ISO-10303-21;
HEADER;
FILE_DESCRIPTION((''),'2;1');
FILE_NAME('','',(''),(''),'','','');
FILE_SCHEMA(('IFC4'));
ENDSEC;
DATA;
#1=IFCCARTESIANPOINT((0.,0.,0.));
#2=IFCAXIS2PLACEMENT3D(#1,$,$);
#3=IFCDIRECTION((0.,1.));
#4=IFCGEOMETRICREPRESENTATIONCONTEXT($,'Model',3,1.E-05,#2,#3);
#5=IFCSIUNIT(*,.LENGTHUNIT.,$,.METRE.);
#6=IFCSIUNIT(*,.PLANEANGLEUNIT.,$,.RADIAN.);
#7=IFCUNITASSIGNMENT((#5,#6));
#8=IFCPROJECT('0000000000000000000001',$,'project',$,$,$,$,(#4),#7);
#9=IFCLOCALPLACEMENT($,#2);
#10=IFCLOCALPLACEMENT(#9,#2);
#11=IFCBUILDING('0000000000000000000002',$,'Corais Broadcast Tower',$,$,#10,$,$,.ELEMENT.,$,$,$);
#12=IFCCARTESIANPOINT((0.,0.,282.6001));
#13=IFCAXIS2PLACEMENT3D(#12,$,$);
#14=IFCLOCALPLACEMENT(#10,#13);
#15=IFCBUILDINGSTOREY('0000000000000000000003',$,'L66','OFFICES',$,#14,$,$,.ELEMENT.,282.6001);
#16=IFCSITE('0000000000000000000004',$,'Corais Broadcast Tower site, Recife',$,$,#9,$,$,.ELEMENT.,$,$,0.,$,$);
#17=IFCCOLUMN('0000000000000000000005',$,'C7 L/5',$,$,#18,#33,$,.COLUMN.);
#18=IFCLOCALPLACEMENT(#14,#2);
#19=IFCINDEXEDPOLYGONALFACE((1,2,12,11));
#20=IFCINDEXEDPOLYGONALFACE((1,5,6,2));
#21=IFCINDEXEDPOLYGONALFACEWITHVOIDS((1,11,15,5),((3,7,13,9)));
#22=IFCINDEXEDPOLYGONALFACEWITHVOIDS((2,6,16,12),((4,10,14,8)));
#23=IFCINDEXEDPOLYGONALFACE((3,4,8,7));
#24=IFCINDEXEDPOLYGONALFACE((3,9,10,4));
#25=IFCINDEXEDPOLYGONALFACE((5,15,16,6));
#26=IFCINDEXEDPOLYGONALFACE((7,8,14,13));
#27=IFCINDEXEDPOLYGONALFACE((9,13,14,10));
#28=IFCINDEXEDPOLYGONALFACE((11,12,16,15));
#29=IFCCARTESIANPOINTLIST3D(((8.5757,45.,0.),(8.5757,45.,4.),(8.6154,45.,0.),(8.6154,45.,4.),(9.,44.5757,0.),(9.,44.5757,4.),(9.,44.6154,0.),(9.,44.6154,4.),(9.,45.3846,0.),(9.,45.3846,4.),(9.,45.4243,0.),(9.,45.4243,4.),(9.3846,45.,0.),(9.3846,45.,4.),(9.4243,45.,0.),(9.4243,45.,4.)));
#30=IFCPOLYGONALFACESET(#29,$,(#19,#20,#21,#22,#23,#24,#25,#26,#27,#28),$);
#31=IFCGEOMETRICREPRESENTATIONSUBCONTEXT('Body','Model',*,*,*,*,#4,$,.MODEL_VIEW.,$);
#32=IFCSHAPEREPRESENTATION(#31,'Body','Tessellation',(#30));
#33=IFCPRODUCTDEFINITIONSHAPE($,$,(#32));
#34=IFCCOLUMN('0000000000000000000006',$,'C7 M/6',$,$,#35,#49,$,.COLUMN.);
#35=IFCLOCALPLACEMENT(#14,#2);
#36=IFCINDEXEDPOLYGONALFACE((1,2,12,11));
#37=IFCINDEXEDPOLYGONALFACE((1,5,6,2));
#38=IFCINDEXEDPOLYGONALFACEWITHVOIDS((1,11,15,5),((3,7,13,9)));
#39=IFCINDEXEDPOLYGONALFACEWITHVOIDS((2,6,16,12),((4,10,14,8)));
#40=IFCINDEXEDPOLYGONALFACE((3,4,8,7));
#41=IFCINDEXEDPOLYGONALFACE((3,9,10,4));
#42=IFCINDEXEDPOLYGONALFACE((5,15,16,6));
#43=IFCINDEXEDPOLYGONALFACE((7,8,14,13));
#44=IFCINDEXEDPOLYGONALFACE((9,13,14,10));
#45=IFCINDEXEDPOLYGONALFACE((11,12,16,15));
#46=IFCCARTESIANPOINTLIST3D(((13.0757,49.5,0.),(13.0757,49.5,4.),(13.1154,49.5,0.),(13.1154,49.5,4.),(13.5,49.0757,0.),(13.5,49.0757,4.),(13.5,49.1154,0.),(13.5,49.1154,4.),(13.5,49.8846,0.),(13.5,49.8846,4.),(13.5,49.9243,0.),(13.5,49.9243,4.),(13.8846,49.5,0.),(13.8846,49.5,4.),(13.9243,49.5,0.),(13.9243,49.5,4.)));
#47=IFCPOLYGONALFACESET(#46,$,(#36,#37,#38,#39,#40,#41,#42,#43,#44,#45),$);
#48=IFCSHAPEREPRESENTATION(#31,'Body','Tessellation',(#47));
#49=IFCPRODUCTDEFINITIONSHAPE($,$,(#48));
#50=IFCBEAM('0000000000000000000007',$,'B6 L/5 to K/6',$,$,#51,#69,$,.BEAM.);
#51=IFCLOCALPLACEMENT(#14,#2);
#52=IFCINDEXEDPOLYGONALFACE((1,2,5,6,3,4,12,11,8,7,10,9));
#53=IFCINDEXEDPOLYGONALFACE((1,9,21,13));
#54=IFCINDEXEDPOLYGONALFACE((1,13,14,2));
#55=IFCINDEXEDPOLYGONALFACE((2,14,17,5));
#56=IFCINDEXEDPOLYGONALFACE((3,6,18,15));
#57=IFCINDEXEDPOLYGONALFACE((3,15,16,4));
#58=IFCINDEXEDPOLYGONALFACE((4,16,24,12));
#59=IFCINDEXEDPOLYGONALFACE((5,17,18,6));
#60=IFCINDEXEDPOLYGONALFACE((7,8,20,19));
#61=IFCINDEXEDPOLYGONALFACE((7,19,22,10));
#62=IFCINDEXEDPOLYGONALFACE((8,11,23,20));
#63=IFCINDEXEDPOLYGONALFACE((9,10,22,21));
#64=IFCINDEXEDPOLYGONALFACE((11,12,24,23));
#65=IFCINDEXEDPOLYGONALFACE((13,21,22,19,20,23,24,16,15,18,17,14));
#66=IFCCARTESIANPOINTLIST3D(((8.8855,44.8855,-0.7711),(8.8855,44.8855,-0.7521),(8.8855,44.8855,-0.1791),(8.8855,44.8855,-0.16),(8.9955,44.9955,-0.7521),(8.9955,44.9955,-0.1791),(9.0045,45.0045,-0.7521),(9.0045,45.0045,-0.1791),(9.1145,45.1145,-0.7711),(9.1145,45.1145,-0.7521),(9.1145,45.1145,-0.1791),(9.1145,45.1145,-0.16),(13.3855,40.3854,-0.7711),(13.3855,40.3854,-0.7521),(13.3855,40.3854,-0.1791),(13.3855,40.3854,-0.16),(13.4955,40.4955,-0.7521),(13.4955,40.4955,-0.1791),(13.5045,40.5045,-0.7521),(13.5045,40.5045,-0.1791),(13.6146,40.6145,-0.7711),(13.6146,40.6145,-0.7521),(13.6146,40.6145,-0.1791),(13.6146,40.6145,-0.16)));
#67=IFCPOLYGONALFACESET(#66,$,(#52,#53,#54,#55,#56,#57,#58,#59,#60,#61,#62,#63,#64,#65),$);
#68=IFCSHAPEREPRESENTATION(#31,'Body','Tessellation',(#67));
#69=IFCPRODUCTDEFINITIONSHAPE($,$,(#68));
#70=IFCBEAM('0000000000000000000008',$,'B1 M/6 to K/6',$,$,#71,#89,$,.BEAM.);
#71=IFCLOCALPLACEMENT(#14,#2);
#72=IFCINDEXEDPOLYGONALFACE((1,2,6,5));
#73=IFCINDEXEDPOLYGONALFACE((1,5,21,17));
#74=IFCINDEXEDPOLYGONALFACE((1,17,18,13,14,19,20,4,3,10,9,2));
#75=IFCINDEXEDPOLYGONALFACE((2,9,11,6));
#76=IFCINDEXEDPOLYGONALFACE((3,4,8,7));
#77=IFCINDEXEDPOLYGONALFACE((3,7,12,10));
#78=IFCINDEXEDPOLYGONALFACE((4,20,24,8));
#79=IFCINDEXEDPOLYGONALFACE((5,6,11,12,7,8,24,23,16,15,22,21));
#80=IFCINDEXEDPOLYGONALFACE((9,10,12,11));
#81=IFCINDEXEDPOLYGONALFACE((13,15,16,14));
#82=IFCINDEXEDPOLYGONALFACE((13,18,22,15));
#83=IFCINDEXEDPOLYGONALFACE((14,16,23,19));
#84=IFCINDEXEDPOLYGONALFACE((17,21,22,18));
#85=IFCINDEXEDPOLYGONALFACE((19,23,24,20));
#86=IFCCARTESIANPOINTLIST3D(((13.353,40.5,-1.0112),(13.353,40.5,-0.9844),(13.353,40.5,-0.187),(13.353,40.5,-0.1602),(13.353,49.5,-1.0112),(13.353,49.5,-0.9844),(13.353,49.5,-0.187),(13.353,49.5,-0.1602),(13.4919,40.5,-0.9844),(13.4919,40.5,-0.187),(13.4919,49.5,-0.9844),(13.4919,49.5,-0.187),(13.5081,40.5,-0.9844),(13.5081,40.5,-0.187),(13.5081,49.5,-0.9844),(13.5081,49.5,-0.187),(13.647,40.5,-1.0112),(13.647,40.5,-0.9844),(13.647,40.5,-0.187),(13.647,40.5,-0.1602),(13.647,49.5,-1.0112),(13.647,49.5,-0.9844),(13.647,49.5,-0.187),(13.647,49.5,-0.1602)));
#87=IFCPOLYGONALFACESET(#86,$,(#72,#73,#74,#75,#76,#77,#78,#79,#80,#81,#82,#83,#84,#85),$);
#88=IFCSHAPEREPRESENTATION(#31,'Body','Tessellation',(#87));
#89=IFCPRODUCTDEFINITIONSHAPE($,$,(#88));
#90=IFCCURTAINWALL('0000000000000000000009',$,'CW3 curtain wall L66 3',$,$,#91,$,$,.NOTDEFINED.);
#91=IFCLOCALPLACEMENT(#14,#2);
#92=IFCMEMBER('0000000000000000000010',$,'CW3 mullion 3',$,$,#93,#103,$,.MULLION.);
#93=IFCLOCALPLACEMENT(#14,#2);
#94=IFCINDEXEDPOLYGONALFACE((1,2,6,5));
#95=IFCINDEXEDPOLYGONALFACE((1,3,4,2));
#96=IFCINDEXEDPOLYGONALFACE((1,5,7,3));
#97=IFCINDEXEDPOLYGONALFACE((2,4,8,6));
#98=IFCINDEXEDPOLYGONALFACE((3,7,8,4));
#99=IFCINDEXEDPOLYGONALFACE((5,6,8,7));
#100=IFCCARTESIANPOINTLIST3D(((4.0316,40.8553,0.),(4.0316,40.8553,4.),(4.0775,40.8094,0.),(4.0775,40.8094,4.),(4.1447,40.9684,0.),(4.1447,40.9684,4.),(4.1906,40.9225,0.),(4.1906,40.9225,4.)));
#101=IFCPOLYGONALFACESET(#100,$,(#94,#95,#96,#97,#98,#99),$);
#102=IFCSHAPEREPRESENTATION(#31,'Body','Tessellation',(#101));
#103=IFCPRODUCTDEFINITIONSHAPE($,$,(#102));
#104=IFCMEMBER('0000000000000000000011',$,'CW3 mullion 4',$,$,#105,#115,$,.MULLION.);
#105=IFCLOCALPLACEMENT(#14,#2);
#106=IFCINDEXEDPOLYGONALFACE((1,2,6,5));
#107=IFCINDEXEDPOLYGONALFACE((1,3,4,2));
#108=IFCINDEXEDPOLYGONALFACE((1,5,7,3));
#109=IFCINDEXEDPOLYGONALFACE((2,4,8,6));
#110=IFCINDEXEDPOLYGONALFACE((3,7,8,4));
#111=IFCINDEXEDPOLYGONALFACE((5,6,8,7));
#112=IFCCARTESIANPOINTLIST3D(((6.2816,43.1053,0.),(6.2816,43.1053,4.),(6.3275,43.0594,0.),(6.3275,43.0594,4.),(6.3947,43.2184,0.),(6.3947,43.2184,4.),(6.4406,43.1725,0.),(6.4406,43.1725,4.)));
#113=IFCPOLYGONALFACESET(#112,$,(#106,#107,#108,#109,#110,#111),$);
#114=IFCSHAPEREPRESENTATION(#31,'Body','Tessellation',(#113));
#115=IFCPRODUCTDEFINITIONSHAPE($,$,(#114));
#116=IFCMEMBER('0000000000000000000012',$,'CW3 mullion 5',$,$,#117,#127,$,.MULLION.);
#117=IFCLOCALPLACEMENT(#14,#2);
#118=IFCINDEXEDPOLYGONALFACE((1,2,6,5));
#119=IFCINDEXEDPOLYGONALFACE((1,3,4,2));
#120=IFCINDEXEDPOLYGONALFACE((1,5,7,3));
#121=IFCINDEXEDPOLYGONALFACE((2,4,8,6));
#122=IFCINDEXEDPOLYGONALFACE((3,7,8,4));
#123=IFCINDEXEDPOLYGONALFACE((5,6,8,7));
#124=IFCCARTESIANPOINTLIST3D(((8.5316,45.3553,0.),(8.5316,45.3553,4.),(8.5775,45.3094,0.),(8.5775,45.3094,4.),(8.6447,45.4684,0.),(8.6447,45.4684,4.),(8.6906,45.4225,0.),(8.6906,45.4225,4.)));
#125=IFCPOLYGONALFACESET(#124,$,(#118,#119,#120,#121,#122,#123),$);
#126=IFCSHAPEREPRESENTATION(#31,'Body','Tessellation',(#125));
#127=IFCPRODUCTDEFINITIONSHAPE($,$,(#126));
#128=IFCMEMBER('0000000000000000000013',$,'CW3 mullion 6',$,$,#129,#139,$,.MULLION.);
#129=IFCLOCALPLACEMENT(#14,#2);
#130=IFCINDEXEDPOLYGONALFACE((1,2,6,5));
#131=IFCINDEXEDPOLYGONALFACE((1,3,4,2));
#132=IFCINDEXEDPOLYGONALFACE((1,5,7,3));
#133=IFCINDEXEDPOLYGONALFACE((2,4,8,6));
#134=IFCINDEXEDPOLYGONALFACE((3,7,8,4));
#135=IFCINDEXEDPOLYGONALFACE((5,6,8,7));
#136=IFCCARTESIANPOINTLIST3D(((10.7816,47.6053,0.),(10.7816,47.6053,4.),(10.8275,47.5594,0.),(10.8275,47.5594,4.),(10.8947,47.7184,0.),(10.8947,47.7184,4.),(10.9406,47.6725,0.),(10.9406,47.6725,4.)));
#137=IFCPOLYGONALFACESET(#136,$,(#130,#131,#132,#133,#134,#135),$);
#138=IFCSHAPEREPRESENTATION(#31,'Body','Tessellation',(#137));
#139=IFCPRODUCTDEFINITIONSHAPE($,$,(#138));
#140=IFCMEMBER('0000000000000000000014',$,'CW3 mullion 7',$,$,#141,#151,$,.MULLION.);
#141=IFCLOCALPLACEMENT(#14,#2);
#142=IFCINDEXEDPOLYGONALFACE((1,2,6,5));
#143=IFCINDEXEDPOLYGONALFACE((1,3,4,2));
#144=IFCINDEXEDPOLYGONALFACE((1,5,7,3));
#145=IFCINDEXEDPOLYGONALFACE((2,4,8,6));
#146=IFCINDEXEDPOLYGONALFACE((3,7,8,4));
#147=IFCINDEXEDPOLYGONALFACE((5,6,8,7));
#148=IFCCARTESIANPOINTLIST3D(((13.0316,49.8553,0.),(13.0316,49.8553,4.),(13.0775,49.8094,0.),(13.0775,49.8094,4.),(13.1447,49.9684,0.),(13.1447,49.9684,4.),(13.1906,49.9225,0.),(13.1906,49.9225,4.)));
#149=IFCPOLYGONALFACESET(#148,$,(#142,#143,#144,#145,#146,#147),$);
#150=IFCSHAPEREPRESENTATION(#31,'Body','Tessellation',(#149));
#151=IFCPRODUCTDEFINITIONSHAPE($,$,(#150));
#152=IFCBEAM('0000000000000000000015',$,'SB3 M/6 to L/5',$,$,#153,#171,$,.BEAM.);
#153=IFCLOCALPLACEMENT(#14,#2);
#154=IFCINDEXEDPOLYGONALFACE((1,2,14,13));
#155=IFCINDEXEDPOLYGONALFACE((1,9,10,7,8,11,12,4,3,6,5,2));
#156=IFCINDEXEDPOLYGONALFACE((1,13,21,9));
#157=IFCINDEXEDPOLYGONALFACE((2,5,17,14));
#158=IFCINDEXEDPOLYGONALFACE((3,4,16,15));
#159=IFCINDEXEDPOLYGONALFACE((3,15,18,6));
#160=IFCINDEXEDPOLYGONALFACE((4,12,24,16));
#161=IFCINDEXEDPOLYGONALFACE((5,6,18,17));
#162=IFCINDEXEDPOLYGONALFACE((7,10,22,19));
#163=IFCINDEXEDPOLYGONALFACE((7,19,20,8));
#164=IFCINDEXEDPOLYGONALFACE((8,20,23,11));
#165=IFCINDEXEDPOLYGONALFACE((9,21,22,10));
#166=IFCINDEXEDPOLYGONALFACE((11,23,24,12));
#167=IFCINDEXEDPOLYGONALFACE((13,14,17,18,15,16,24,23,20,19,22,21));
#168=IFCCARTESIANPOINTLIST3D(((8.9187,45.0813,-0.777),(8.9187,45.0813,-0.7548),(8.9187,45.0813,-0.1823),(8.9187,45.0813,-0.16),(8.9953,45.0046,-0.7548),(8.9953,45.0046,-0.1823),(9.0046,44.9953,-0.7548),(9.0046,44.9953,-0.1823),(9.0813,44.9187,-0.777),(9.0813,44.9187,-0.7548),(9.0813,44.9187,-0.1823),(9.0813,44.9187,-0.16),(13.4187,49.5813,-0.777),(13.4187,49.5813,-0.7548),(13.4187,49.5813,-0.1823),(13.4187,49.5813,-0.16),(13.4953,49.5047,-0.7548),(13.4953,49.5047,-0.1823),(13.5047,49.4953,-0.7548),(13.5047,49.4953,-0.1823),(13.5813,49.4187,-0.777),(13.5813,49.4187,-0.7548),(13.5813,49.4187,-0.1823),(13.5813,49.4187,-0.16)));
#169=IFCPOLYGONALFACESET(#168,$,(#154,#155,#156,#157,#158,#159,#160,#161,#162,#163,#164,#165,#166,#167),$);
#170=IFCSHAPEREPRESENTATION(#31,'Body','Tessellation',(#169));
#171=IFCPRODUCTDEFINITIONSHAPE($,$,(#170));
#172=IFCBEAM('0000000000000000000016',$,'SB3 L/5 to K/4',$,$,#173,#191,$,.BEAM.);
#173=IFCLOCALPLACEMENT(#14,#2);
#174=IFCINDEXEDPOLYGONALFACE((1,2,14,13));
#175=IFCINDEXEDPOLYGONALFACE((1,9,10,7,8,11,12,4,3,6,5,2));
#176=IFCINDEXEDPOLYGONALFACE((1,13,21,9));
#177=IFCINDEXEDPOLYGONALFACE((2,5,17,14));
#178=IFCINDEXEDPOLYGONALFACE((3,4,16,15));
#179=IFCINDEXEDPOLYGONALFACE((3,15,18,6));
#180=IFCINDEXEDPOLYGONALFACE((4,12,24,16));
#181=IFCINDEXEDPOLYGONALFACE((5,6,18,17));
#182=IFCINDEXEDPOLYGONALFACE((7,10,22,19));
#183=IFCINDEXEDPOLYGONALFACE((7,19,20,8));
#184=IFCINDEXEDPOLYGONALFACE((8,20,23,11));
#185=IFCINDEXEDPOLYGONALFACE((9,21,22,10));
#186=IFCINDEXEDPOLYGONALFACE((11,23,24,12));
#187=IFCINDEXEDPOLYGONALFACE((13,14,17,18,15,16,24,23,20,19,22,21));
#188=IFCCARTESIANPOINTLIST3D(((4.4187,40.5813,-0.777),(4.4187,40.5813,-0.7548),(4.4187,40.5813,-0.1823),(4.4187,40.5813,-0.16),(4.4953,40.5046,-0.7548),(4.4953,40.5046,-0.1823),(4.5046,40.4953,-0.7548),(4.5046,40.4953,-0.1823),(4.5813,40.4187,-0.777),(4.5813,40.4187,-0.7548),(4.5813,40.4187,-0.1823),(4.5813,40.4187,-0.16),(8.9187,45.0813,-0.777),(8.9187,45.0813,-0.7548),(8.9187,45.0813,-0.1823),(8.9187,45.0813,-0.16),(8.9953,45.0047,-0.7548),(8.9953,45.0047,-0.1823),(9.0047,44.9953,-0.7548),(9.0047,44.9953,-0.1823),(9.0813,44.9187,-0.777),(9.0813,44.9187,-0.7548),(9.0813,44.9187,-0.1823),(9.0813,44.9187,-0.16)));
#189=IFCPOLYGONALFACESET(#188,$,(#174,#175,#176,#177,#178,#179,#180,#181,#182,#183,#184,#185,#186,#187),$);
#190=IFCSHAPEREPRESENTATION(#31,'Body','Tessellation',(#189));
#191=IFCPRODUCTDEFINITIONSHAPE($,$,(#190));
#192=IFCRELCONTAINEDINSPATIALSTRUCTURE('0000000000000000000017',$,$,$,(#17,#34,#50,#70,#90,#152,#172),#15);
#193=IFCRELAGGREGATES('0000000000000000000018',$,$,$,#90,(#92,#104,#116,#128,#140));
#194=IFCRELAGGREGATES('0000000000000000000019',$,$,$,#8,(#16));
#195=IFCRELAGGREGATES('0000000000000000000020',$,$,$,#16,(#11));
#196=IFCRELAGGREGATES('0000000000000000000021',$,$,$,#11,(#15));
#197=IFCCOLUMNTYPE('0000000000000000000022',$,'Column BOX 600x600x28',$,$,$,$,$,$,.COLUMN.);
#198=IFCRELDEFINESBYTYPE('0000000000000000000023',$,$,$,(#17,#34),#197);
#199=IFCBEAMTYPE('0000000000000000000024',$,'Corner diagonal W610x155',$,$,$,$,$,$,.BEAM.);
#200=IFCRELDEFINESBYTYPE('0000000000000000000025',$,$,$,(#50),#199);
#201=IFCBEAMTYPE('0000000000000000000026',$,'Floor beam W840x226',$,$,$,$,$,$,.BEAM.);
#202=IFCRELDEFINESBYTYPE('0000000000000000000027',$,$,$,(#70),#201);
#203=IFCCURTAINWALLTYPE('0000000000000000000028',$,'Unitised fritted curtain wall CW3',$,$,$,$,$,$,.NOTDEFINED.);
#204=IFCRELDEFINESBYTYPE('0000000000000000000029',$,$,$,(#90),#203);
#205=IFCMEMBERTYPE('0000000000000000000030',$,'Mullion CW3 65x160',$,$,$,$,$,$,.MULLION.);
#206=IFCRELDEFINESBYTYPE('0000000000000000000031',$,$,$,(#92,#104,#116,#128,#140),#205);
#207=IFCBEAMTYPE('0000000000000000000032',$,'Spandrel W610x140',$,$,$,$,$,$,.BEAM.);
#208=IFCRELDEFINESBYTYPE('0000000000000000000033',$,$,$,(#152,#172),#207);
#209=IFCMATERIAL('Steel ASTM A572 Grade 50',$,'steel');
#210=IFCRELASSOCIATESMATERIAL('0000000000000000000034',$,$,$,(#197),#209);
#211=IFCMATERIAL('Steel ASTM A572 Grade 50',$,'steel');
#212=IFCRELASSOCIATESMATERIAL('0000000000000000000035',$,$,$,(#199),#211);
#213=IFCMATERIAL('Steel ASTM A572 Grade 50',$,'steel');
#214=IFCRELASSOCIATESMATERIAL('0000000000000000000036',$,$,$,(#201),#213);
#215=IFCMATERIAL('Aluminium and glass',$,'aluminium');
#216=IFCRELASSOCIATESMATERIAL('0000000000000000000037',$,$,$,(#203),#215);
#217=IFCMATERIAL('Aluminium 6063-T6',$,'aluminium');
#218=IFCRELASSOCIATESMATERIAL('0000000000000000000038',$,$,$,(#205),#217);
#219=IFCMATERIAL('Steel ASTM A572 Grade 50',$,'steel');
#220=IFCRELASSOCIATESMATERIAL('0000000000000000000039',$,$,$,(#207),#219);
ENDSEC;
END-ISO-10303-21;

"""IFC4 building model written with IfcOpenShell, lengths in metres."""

from ifc_helpers import new_model, si_unit, direction, frame, origin, origin_2d, place, context, subcontext, project, spatial, rectangle, hollow_rectangle, i_section, extrude, material, material_profile, profile_set, type_object, element, aggregate, save


model = new_model("IFC4")

# Units and contexts
model_context = context("Model", 3, precision=1e-05, world=origin(), true_north=direction((0.0, 1.0)))
body_context = subcontext(model_context, "Body", "Model", "MODEL_VIEW")
ifc_project = project(units=[si_unit("LENGTHUNIT", "METRE"), si_unit("PLANEANGLEUNIT", "RADIAN")], contexts=[model_context])

# Site, building, storey
site_placement = place(None, origin())
site = spatial("IfcSite", under=ifc_project, at=site_placement, Name="Corais Broadcast Tower site, Recife", CompositionType="ELEMENT", RefElevation=0.0)
building_placement = place(site_placement, origin())
building = spatial("IfcBuilding", under=site, at=building_placement, Name="Corais Broadcast Tower", CompositionType="ELEMENT")
storey_placement = place(building_placement, frame((0.0, 0.0, 282.6001)))
storey = spatial("IfcBuildingStorey", under=building, at=storey_placement, Name="L66", Description="OFFICES", CompositionType="ELEMENT", Elevation=282.6001)

# Columns
ifc_material_1 = material(Name="Steel ASTM A572 Grade 50", Category="steel")
ifc_material_profile_1 = material_profile(ifc_material_1, hollow_rectangle(XDim=0.6001, YDim=0.6001, WallThickness=0.0281, at=origin_2d()), Name="BOX 600x600x28")
ifc_profile_set_1 = profile_set([ifc_material_profile_1], Name="Steel ASTM A572 Grade 50")
column_type = type_object("IfcColumnType", Name="Column BOX 600x600x28", PredefinedType="COLUMN", material=ifc_profile_set_1)
for number, where, z_axis, x_axis, name in (
    (1, (9.0, 45.0, 0.0), (0.0, 0.0, 1.0), (0.707107, 0.707107, 0.0), "C7 L/5"),
    (2, (13.5, 49.5, 0.0), (0.0, 0.0, 1.0), (0.707107, 0.707107, 0.0), "C7 M/6"),
):
    element("IfcColumn", number, at=place(storey_placement, frame(where, z_axis=z_axis, x_axis=x_axis)), inside=storey, type_object=column_type, Name=name, PredefinedType="COLUMN", context=body_context, shape_type="SweptSolid", body=[
        extrude(hollow_rectangle(XDim=0.6001, YDim=0.6001, WallThickness=0.0281, at=origin_2d()), origin(), (0.0, 0.0, 1.0), 4.0),
    ])

# Beams
ifc_material_2 = material(Name="Steel ASTM A572 Grade 50", Category="steel")
ifc_material_profile_2 = material_profile(ifc_material_2, i_section(OverallWidth=0.324, OverallDepth=0.6111, WebThickness=0.0127, FlangeThickness=0.019, at=origin_2d()), Name="W610x155")
ifc_profile_set_2 = profile_set([ifc_material_profile_2], Name="Steel ASTM A572 Grade 50")
beam_type_1 = type_object("IfcBeamType", Name="Corner diagonal W610x155", PredefinedType="BEAM", material=ifc_profile_set_2)
beam_1_placement = place(storey_placement, frame((9.0, 45.0, -0.4656), z_axis=(0.707107, -0.707107, 0.0), x_axis=(0.707107, 0.707107, 0.0)))
element("IfcBeam", 3, at=beam_1_placement, inside=storey, type_object=beam_type_1, Name="B6 L/5 to K/6", PredefinedType="BEAM", context=body_context, shape_type="SweptSolid", body=[
    extrude(i_section(OverallWidth=0.324, OverallDepth=0.6111, WebThickness=0.0127, FlangeThickness=0.019, at=origin_2d()), origin(), (0.0, 0.0, 1.0), 6.364),
])
ifc_material_3 = material(Name="Steel ASTM A572 Grade 50", Category="steel")
ifc_material_profile_3 = material_profile(ifc_material_3, i_section(OverallWidth=0.2939, OverallDepth=0.8511, WebThickness=0.0161, FlangeThickness=0.0269, at=origin_2d()), Name="W840x226")
ifc_profile_set_3 = profile_set([ifc_material_profile_3], Name="Steel ASTM A572 Grade 50")
beam_type_2 = type_object("IfcBeamType", Name="Floor beam W840x226", PredefinedType="BEAM", material=ifc_profile_set_3)
beam_2_placement = place(storey_placement, frame((13.5, 49.5, -0.5857), z_axis=(0.0, -1.0, 0.0), x_axis=(1.0, 0.0, 0.0)))
element("IfcBeam", 4, at=beam_2_placement, inside=storey, type_object=beam_type_2, Name="B1 M/6 to K/6", PredefinedType="BEAM", context=body_context, shape_type="SweptSolid", body=[
    extrude(i_section(OverallWidth=0.2939, OverallDepth=0.8511, WebThickness=0.0161, FlangeThickness=0.0269, at=origin_2d()), origin(), (0.0, 0.0, 1.0), 9.0),
])

# Curtain wall, members
ifc_material_4 = material(Name="Aluminium and glass", Category="aluminium")
curtain_wall_type = type_object("IfcCurtainWallType", Name="Unitised fritted curtain wall CW3", PredefinedType="NOTDEFINED", material=ifc_material_4)
curtain_wall_placement = place(storey_placement, origin())
curtain_wall = element("IfcCurtainWall", 5, at=curtain_wall_placement, inside=storey, type_object=curtain_wall_type, Name="CW3 curtain wall L66 3", PredefinedType="NOTDEFINED")
ifc_material_5 = material(Name="Aluminium 6063-T6", Category="aluminium")
ifc_material_profile_4 = material_profile(ifc_material_5, rectangle(XDim=0.0649, YDim=0.1599, at=origin_2d()), Name="Mullion CW3 65x160")
ifc_profile_set_4 = profile_set([ifc_material_profile_4], Name="Aluminium 6063-T6")
member_type_1 = type_object("IfcMemberType", Name="Mullion CW3 65x160", PredefinedType="MULLION", material=ifc_profile_set_4)
member_1_placement = place(storey_placement, frame((4.1111, 40.8889, 0.0), z_axis=(0.0, 0.0, 1.0), x_axis=(-0.707107, 0.707107, 0.0)))
member_1 = element("IfcMember", 6, at=member_1_placement, type_object=member_type_1, Name="CW3 mullion 3", PredefinedType="MULLION", context=body_context, shape_type="SweptSolid", body=[
    extrude(rectangle(XDim=0.0649, YDim=0.1599, at=origin_2d()), origin(), (0.0, 0.0, 1.0), 4.0),
])
member_2_placement = place(storey_placement, frame((6.3611, 43.1389, 0.0), z_axis=(0.0, 0.0, 1.0), x_axis=(-0.707107, 0.707107, 0.0)))
member_2 = element("IfcMember", 7, at=member_2_placement, type_object=member_type_1, Name="CW3 mullion 4", PredefinedType="MULLION", context=body_context, shape_type="SweptSolid", body=[
    extrude(rectangle(XDim=0.0649, YDim=0.1599, at=origin_2d()), origin(), (0.0, 0.0, 1.0), 4.0),
])
member_3_placement = place(storey_placement, frame((8.6111, 45.3889, 0.0), z_axis=(0.0, 0.0, 1.0), x_axis=(-0.707107, 0.707107, 0.0)))
member_3 = element("IfcMember", 8, at=member_3_placement, type_object=member_type_1, Name="CW3 mullion 5", PredefinedType="MULLION", context=body_context, shape_type="SweptSolid", body=[
    extrude(rectangle(XDim=0.0649, YDim=0.1599, at=origin_2d()), origin(), (0.0, 0.0, 1.0), 4.0),
])
member_4_placement = place(storey_placement, frame((10.8611, 47.6389, 0.0), z_axis=(0.0, 0.0, 1.0), x_axis=(-0.707107, 0.707107, 0.0)))
member_4 = element("IfcMember", 9, at=member_4_placement, type_object=member_type_1, Name="CW3 mullion 6", PredefinedType="MULLION", context=body_context, shape_type="SweptSolid", body=[
    extrude(rectangle(XDim=0.0649, YDim=0.1599, at=origin_2d()), origin(), (0.0, 0.0, 1.0), 4.0),
])
member_5_placement = place(storey_placement, frame((13.1111, 49.8889, 0.0), z_axis=(0.0, 0.0, 1.0), x_axis=(-0.707107, 0.707107, 0.0)))
member_5 = element("IfcMember", 10, at=member_5_placement, type_object=member_type_1, Name="CW3 mullion 7", PredefinedType="MULLION", context=body_context, shape_type="SweptSolid", body=[
    extrude(rectangle(XDim=0.0649, YDim=0.1599, at=origin_2d()), origin(), (0.0, 0.0, 1.0), 4.0),
])

# Beams
ifc_material_6 = material(Name="Steel ASTM A572 Grade 50", Category="steel")
ifc_material_profile_5 = material_profile(ifc_material_6, i_section(OverallWidth=0.23, OverallDepth=0.6169, WebThickness=0.0132, FlangeThickness=0.0222, at=origin_2d()), Name="W610x140")
ifc_profile_set_5 = profile_set([ifc_material_profile_5], Name="Steel ASTM A572 Grade 50")
beam_type_3 = type_object("IfcBeamType", Name="Spandrel W610x140", PredefinedType="BEAM", material=ifc_profile_set_5)
for number, where, z_axis, x_axis, name in (
    (11, (13.5, 49.5, -0.4685), (-0.707107, -0.707107, 0.0), (0.707107, -0.707107, 0.0), "SB3 M/6 to L/5"),
    (12, (9.0, 45.0, -0.4685), (-0.707107, -0.707107, 0.0), (0.707107, -0.707107, 0.0), "SB3 L/5 to K/4"),
):
    element("IfcBeam", number, at=place(storey_placement, frame(where, z_axis=z_axis, x_axis=x_axis)), inside=storey, type_object=beam_type_3, Name=name, PredefinedType="BEAM", context=body_context, shape_type="SweptSolid", body=[
        extrude(i_section(OverallWidth=0.23, OverallDepth=0.6169, WebThickness=0.0132, FlangeThickness=0.0222, at=origin_2d()), origin(), (0.0, 0.0, 1.0), 6.364),
    ])

aggregate(curtain_wall, [member_1, member_2, member_3, member_4, member_5])

save(model, "model.ifc")
